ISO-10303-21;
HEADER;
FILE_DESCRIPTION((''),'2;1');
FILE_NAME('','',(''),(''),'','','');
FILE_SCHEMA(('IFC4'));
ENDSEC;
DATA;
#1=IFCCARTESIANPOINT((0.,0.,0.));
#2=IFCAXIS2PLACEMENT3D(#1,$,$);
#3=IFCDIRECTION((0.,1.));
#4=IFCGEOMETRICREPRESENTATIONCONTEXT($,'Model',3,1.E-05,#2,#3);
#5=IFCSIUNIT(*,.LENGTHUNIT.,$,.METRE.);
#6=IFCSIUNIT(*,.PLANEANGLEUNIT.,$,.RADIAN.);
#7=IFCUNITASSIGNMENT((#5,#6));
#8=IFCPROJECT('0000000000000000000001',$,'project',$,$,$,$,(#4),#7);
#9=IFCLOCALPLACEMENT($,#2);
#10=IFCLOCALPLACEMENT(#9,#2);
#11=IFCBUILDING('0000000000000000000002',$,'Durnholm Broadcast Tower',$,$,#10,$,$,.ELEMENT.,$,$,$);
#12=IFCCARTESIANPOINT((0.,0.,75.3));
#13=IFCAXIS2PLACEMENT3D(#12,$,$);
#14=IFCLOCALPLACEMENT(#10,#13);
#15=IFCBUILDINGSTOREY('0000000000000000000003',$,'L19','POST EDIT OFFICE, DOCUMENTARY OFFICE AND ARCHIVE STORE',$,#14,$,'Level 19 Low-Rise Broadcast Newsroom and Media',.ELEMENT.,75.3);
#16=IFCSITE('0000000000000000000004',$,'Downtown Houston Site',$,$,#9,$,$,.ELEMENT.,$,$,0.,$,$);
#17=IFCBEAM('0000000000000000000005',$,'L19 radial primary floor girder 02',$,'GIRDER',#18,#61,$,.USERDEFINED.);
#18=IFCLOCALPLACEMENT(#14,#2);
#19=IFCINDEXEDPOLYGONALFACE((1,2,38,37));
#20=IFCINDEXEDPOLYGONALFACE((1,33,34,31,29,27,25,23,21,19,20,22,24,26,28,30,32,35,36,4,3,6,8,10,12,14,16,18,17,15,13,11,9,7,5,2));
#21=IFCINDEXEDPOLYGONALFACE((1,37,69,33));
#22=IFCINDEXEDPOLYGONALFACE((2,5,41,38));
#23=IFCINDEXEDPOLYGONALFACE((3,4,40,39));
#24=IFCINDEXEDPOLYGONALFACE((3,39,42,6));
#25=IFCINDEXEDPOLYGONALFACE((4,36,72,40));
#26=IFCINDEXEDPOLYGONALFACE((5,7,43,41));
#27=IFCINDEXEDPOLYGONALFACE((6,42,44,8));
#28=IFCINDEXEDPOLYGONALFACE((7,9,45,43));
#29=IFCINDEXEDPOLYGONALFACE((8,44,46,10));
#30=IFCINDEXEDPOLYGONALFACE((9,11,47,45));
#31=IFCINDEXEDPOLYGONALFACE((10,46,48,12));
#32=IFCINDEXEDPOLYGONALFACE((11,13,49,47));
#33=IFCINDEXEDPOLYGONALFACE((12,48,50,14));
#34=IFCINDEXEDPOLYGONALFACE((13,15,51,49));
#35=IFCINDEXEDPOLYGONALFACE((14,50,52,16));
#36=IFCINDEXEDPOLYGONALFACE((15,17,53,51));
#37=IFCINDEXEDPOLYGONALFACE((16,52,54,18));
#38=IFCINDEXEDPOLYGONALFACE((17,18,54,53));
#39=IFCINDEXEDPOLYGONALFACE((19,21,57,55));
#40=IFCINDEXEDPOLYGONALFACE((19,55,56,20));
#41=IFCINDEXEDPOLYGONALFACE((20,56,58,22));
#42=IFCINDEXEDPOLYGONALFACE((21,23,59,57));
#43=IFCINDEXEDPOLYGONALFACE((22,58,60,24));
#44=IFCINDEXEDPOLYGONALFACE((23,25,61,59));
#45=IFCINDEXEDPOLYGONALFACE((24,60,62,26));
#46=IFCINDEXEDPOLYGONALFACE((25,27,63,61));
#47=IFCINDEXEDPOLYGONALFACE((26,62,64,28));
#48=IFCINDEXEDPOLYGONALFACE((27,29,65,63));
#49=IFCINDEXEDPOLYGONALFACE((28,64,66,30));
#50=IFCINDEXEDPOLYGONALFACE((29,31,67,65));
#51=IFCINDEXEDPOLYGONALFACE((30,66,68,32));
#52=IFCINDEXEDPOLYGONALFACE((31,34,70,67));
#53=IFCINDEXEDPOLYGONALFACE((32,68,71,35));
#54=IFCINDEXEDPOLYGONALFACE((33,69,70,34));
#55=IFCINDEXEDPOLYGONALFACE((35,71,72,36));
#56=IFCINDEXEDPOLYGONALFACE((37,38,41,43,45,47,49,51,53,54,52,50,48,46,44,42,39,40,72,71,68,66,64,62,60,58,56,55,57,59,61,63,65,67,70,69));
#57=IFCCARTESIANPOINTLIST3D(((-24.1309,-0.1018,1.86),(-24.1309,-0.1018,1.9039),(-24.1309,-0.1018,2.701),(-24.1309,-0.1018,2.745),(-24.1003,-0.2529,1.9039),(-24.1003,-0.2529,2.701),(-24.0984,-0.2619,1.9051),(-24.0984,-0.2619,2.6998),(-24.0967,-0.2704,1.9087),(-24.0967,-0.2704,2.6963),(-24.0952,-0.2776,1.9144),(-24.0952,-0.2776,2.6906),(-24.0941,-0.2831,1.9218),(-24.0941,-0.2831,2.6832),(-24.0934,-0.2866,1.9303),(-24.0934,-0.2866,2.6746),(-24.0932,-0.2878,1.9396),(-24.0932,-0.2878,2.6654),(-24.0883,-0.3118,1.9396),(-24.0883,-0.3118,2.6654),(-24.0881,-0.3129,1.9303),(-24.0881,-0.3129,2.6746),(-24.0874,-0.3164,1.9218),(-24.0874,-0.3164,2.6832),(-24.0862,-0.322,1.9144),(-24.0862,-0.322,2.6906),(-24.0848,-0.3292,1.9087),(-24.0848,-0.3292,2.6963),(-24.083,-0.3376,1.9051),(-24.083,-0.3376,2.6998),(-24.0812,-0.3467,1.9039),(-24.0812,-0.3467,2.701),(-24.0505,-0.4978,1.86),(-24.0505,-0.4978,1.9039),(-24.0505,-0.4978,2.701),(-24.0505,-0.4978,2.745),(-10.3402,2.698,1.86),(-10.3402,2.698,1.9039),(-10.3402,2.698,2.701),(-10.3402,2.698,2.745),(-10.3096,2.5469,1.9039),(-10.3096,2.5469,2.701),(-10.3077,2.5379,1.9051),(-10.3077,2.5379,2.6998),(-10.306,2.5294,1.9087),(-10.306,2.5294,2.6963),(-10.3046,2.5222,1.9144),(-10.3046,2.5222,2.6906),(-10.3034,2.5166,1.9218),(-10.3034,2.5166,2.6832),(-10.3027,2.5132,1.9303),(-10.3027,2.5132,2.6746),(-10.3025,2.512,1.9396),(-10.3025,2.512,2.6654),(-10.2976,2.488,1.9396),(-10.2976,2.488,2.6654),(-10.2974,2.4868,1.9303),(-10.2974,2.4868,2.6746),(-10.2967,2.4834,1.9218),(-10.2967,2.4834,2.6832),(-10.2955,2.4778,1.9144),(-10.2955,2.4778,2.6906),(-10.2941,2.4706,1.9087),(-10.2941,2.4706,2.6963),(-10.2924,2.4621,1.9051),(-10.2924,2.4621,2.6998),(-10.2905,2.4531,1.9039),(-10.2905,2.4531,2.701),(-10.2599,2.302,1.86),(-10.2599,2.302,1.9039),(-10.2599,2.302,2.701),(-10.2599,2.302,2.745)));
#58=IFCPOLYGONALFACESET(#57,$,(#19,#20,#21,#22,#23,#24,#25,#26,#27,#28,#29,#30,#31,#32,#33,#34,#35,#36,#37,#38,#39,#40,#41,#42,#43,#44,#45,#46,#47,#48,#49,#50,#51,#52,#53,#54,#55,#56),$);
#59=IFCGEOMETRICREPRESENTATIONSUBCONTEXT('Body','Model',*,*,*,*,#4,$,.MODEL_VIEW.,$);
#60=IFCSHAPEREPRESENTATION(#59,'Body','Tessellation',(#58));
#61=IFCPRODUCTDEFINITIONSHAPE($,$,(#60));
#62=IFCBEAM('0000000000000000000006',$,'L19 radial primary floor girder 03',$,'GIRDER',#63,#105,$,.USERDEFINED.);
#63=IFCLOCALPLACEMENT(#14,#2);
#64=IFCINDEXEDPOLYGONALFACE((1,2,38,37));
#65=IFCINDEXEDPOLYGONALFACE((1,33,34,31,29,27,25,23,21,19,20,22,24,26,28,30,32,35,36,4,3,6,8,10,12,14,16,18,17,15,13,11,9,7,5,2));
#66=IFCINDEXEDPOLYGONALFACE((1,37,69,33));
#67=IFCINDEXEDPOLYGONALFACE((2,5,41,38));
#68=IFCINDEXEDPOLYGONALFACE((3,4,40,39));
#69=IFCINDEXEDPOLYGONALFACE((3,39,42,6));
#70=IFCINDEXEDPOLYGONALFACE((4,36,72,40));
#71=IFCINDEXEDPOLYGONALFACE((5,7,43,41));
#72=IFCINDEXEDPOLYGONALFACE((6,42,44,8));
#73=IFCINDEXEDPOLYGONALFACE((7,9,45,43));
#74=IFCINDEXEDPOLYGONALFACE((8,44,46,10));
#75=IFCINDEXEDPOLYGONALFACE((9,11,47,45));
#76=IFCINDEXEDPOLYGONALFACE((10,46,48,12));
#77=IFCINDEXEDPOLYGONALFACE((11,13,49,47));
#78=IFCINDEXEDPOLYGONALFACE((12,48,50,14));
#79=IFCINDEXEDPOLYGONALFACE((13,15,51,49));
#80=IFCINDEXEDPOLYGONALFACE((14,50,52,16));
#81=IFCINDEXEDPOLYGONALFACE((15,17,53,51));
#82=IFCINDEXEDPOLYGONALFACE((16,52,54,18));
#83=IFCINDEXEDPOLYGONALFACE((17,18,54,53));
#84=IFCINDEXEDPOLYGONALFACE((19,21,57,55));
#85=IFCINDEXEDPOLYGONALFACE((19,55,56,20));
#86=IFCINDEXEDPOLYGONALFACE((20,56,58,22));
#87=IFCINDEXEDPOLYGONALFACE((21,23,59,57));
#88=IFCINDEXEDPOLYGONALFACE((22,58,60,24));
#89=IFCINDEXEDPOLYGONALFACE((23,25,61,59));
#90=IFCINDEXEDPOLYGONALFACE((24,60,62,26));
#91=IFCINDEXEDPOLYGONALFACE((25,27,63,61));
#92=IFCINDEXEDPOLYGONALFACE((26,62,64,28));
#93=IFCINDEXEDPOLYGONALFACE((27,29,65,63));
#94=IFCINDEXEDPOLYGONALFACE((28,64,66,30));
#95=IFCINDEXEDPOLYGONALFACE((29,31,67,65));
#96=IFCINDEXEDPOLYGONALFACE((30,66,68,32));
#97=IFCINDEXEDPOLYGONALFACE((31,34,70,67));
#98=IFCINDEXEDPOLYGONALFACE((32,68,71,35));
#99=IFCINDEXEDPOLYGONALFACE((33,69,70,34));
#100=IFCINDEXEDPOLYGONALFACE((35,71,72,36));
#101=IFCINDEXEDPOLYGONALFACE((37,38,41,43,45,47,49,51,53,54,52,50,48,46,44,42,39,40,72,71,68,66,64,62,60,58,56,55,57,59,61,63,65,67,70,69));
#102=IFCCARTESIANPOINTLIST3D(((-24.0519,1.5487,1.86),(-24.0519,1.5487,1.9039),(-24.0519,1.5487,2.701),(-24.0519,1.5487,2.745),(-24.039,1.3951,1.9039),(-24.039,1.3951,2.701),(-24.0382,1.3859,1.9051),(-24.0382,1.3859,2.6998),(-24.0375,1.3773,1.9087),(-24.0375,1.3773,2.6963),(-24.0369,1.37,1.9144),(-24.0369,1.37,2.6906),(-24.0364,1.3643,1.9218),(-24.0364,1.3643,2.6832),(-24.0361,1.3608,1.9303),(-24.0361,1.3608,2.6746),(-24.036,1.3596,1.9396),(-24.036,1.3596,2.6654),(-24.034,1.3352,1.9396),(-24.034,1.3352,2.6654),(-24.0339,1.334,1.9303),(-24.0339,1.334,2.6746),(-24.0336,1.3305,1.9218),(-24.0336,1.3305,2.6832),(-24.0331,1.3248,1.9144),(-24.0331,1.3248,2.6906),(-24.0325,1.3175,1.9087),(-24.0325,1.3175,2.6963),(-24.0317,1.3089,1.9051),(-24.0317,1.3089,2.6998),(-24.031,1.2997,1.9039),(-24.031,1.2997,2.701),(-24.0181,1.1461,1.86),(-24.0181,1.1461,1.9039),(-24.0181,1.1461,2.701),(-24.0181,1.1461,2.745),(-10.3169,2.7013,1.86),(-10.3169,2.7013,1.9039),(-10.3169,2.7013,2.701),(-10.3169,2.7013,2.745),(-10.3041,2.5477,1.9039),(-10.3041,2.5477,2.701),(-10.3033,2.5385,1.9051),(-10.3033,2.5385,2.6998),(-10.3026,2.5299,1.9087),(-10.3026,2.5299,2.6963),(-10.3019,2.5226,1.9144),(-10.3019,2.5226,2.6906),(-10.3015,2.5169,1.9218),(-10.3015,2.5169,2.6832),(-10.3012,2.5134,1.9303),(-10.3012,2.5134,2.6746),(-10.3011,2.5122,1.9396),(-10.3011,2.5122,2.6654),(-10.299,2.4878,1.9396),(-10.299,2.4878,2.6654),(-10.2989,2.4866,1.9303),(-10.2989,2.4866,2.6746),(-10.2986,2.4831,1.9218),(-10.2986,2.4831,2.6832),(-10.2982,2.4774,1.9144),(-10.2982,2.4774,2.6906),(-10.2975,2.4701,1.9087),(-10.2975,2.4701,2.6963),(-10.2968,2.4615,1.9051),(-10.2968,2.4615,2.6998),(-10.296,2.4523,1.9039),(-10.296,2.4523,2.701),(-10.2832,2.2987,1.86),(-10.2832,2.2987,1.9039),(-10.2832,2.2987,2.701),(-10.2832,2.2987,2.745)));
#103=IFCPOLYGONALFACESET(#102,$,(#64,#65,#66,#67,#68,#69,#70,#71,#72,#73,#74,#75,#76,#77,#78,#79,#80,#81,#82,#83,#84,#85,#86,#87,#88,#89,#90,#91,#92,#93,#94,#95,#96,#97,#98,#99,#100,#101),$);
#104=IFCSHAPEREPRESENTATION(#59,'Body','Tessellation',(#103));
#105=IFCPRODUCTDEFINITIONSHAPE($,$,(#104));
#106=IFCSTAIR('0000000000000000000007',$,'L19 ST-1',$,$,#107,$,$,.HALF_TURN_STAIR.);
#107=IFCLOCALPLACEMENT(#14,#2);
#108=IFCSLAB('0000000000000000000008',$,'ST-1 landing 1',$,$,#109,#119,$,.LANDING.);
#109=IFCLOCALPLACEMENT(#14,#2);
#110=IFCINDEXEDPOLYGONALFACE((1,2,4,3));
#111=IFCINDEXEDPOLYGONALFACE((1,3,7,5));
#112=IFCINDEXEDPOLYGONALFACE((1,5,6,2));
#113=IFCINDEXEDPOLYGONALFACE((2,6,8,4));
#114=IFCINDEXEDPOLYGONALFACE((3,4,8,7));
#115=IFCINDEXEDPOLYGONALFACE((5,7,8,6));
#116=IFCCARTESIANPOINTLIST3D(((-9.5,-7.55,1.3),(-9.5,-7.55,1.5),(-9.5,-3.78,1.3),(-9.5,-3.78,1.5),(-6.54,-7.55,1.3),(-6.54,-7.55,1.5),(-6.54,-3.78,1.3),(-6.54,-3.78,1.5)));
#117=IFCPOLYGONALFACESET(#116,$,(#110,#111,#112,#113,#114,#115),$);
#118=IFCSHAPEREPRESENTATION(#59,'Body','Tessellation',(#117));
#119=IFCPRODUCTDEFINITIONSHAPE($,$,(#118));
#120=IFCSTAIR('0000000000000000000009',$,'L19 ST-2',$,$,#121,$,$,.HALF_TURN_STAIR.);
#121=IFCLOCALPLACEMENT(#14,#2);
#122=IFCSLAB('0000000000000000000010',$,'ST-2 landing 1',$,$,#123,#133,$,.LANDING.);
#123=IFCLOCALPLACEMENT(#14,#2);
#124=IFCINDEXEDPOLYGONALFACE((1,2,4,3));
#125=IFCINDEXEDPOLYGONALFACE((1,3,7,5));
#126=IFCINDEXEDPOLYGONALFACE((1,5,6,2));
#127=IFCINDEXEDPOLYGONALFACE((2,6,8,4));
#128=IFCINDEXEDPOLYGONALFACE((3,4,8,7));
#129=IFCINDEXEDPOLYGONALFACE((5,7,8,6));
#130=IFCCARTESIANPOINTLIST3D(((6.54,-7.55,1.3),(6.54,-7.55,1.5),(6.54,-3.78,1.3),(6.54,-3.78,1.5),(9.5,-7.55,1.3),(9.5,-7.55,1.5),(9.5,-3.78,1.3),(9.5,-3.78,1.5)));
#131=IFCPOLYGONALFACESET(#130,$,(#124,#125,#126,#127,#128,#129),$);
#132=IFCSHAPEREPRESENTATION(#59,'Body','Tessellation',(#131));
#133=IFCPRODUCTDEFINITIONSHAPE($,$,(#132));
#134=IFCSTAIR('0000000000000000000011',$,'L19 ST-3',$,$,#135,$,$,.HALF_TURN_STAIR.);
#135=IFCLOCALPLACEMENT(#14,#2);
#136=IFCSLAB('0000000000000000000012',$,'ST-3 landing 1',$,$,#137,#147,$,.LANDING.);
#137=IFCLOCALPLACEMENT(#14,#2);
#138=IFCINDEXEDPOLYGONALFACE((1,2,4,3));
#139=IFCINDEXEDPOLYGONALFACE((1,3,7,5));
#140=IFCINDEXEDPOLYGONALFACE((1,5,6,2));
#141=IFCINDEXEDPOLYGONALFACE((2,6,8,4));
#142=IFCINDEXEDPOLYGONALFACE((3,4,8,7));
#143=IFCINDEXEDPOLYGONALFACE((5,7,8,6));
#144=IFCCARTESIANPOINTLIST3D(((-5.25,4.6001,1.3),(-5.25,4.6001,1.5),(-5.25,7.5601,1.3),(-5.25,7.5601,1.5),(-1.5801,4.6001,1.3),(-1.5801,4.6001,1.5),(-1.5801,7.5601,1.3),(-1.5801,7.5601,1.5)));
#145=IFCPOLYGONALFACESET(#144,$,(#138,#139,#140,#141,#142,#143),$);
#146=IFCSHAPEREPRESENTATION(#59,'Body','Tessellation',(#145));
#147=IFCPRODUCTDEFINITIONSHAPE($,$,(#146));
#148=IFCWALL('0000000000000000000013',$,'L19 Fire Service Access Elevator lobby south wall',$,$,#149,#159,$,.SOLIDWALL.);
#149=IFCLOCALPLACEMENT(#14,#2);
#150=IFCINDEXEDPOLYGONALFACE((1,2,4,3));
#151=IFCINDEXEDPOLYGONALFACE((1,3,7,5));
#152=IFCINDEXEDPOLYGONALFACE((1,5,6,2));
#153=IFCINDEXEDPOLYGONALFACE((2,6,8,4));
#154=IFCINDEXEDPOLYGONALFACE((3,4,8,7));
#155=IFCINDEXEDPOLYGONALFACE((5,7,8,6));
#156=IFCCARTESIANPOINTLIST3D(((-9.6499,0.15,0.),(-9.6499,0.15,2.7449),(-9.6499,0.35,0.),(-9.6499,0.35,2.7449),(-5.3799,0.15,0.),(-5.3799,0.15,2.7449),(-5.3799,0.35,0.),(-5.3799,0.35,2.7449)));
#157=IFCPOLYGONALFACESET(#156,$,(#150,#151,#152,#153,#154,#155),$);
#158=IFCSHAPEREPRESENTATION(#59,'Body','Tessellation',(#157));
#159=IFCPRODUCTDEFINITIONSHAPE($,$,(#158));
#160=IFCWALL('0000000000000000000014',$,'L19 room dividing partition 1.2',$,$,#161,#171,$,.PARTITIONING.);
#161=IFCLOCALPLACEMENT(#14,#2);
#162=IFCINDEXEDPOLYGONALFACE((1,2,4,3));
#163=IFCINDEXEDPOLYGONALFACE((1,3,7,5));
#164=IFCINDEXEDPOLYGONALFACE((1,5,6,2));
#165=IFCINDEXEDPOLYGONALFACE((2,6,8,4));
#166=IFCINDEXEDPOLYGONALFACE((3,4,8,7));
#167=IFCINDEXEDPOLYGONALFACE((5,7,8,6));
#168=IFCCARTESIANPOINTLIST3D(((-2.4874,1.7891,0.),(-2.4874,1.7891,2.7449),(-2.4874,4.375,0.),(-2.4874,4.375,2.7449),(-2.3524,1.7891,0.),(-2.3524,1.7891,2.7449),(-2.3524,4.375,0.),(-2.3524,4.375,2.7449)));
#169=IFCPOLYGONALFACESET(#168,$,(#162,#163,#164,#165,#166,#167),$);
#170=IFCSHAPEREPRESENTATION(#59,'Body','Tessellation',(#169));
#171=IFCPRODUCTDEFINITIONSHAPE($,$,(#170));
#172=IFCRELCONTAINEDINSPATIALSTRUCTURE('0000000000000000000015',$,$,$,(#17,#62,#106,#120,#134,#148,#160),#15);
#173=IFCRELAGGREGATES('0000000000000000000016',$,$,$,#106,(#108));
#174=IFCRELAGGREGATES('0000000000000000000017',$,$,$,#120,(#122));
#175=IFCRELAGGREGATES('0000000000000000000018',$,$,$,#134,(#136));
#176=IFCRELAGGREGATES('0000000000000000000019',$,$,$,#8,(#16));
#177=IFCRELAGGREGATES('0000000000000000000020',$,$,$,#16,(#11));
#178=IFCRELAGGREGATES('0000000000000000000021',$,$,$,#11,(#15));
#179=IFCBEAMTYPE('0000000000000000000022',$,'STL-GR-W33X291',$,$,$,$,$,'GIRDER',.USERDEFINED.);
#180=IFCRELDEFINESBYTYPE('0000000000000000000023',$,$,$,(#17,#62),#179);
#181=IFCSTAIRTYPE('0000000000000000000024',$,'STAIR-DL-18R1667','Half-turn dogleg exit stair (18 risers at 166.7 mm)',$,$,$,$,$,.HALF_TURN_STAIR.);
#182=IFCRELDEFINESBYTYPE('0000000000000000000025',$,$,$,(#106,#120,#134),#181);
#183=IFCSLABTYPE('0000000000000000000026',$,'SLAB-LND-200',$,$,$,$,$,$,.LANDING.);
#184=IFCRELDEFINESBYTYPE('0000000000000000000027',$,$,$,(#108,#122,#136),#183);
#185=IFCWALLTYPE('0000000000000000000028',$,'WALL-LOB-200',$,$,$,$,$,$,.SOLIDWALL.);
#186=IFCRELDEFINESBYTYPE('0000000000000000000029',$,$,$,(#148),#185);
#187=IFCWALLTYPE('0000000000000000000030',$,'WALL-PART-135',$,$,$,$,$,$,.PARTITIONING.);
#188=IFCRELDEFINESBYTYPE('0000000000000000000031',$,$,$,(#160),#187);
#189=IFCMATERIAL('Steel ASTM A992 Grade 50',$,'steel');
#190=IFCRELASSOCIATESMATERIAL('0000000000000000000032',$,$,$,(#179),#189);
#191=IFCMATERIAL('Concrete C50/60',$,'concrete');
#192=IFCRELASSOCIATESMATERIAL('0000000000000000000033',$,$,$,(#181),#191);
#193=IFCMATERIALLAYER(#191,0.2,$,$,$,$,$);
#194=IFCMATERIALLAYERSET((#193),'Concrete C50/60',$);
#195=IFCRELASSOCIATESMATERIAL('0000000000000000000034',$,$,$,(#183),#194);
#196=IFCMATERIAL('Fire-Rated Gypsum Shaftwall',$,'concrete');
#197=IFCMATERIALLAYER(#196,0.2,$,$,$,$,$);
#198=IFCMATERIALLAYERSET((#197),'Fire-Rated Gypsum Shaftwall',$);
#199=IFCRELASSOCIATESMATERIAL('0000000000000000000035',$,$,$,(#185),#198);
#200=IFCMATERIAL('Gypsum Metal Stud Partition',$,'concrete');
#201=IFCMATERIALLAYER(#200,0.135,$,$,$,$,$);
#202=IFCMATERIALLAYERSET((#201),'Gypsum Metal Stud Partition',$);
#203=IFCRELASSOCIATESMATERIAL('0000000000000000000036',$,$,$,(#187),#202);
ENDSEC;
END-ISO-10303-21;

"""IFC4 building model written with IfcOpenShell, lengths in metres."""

from ifc_helpers import new_model, si_unit, direction, frame, frame_2d, origin, origin_2d, place, context, subcontext, project, spatial, polyline, rectangle, i_section, outline, extrude, source, transform, mapped, material, layer, layer_set, material_profile, profile_set, type_object, type_shapes, element, aggregate, save


model = new_model("IFC4")

# Units and contexts
model_context = context("Model", 3, precision=1e-05, world=origin(), true_north=direction((0.0, 1.0)))
body_context = subcontext(model_context, "Body", "Model", "MODEL_VIEW")
ifc_project = project(units=[si_unit("LENGTHUNIT", "METRE"), si_unit("PLANEANGLEUNIT", "RADIAN")], contexts=[model_context])

# Site, building, storey
site_placement = place(None, origin())
site = spatial("IfcSite", under=ifc_project, at=site_placement, Name="Downtown Houston Site", CompositionType="ELEMENT", RefElevation=0.0)
building_placement = place(site_placement, origin())
building = spatial("IfcBuilding", under=site, at=building_placement, Name="Durnholm Broadcast Tower", CompositionType="ELEMENT")
storey_placement = place(building_placement, frame((0.0, 0.0, 75.3)))
storey = spatial("IfcBuildingStorey", under=building, at=storey_placement, Name="L19", Description="POST EDIT OFFICE, DOCUMENTARY OFFICE AND ARCHIVE STORE", LongName="Level 19 Low-Rise Broadcast Newsroom and Media", CompositionType="ELEMENT", Elevation=75.3)

# Beams
ifc_material_1 = material(Name="Steel ASTM A992 Grade 50", Category="steel")
ifc_material_profile = material_profile(ifc_material_1, i_section(OverallWidth=0.4041, OverallDepth=0.885, WebThickness=0.0244, FlangeThickness=0.0439, FilletRadius=0.0356, at=origin_2d()), Name="W33X291")
ifc_profile_set = profile_set([ifc_material_profile], Name="Steel ASTM A992 Grade 50")
beam_type = type_object("IfcBeamType", Name="STL-GR-W33X291", ElementType="GIRDER", PredefinedType="USERDEFINED", material=ifc_profile_set)
shared_shape_1 = source(origin(), body_context, "Body", "SweptSolid", [
    extrude(i_section(OverallWidth=0.4041, OverallDepth=0.885, WebThickness=0.0244, FlangeThickness=0.0439, FilletRadius=0.0356, at=origin_2d()), origin(), (0.0, 0.0, 1.0), 14.072),
])
beam_1_placement = place(storey_placement, frame((-10.3, 2.5, 2.3025), z_axis=(-0.980007, -0.198961, 0.0), x_axis=(0.198961, -0.980007, 0.0)))
element("IfcBeam", 1, at=beam_1_placement, inside=storey, type_object=beam_type, Name="L19 radial primary floor girder 02", ObjectType="GIRDER", PredefinedType="USERDEFINED", context=body_context, shape_type="MappedRepresentation", body=[
    mapped(shared_shape_1, transform((0.0, 0.0, 0.0), x_axis=(1.0, 0.0, 0.0), y_axis=(0.0, 1.0, 0.0), z_axis=(0.0, 0.0, 1.0), scale=1.0)),
])
shared_shape_2 = source(origin(), body_context, "Body", "SweptSolid", [
    extrude(i_section(OverallWidth=0.4041, OverallDepth=0.885, WebThickness=0.0244, FlangeThickness=0.0439, FilletRadius=0.0356, at=origin_2d()), origin(), (0.0, 0.0, 1.0), 13.7832),
])
type_shapes(beam_type, [shared_shape_1, shared_shape_2])
beam_2_placement = place(storey_placement, frame((-10.3, 2.5, 2.3025), z_axis=(-0.996497, -0.083623, 0.0), x_axis=(0.083623, -0.996497, 0.0)))
element("IfcBeam", 2, at=beam_2_placement, inside=storey, type_object=beam_type, Name="L19 radial primary floor girder 03", ObjectType="GIRDER", PredefinedType="USERDEFINED", context=body_context, shape_type="MappedRepresentation", body=[
    mapped(shared_shape_2, transform((0.0, 0.0, 0.0), x_axis=(1.0, 0.0, 0.0), y_axis=(0.0, 1.0, 0.0), z_axis=(0.0, 0.0, 1.0), scale=1.0)),
])

# Stairs, slabs
ifc_material_2 = material(Name="Concrete C50/60", Category="concrete")
stair_type = type_object("IfcStairType", Name="STAIR-DL-18R1667", Description="Half-turn dogleg exit stair (18 risers at 166.7 mm)", PredefinedType="HALF_TURN_STAIR", material=ifc_material_2)
stair_1_placement = place(storey_placement, origin())
stair_1 = element("IfcStair", 3, at=stair_1_placement, inside=storey, type_object=stair_type, Name="L19 ST-1", PredefinedType="HALF_TURN_STAIR")
ifc_layer_1 = layer(ifc_material_2, 0.2)
ifc_layer_set_1 = layer_set([ifc_layer_1], Name="Concrete C50/60")
slab_type = type_object("IfcSlabType", Name="SLAB-LND-200", PredefinedType="LANDING", material=ifc_layer_set_1)
slab_1_placement = place(storey_placement, frame((0.0, 0.0, 1.3)))
slab_1 = element("IfcSlab", 4, at=slab_1_placement, type_object=slab_type, Name="ST-1 landing 1", PredefinedType="LANDING", context=body_context, shape_type="SweptSolid", body=[
    extrude(outline(polyline([(-9.5, -3.78), (-9.5, -7.55), (-6.54, -7.55), (-6.54, -3.78), (-9.5, -3.78)])), origin(), (0.0, 0.0, 1.0), 0.2),
])
aggregate(stair_1, [slab_1])
stair_2_placement = place(storey_placement, origin())
stair_2 = element("IfcStair", 5, at=stair_2_placement, inside=storey, type_object=stair_type, Name="L19 ST-2", PredefinedType="HALF_TURN_STAIR")
slab_2_placement = place(storey_placement, frame((0.0, 0.0, 1.3)))
slab_2 = element("IfcSlab", 6, at=slab_2_placement, type_object=slab_type, Name="ST-2 landing 1", PredefinedType="LANDING", context=body_context, shape_type="SweptSolid", body=[
    extrude(outline(polyline([(6.54, -3.78), (6.54, -7.55), (9.5, -7.55), (9.5, -3.78), (6.54, -3.78)])), origin(), (0.0, 0.0, 1.0), 0.2),
])
aggregate(stair_2, [slab_2])
stair_3_placement = place(storey_placement, origin())
stair_3 = element("IfcStair", 7, at=stair_3_placement, inside=storey, type_object=stair_type, Name="L19 ST-3", PredefinedType="HALF_TURN_STAIR")
slab_3_placement = place(storey_placement, frame((0.0, 0.0, 1.3)))
slab_3 = element("IfcSlab", 8, at=slab_3_placement, type_object=slab_type, Name="ST-3 landing 1", PredefinedType="LANDING", context=body_context, shape_type="SweptSolid", body=[
    extrude(outline(polyline([(-1.5801, 7.5601), (-5.25, 7.5601), (-5.25, 4.6001), (-1.5801, 4.6001), (-1.5801, 7.5601)])), origin(), (0.0, 0.0, 1.0), 0.2),
])

# Wall
ifc_material_3 = material(Name="Fire-Rated Gypsum Shaftwall", Category="concrete")
ifc_layer_2 = layer(ifc_material_3, 0.2)
ifc_layer_set_2 = layer_set([ifc_layer_2], Name="Fire-Rated Gypsum Shaftwall")
wall_type_1 = type_object("IfcWallType", Name="WALL-LOB-200", PredefinedType="SOLIDWALL", material=ifc_layer_set_2)
wall_1_placement = place(storey_placement, frame((-9.6499, 0.25, 0.0), z_axis=(0.0, 0.0, 1.0), x_axis=(1.0, 0.0, 0.0)))
element("IfcWall", 9, at=wall_1_placement, inside=storey, type_object=wall_type_1, Name="L19 Fire Service Access Elevator lobby south wall", PredefinedType="SOLIDWALL", context=body_context, shape_type="SweptSolid", body=[
    extrude(rectangle(XDim=4.27, YDim=0.2, at=frame_2d((2.135, 0.0))), origin(), (0.0, 0.0, 1.0), 2.7449),
])

# Wall
ifc_material_4 = material(Name="Gypsum Metal Stud Partition", Category="concrete")
ifc_layer_3 = layer(ifc_material_4, 0.135)
ifc_layer_set_3 = layer_set([ifc_layer_3], Name="Gypsum Metal Stud Partition")
wall_type_2 = type_object("IfcWallType", Name="WALL-PART-135", PredefinedType="PARTITIONING", material=ifc_layer_set_3)
wall_2_placement = place(storey_placement, frame((-2.4199, 4.375, 0.0), z_axis=(0.0, 0.0, 1.0), x_axis=(0.0, -1.0, 0.0)))
element("IfcWall", 10, at=wall_2_placement, inside=storey, type_object=wall_type_2, Name="L19 room dividing partition 1.2", PredefinedType="PARTITIONING", context=body_context, shape_type="SweptSolid", body=[
    extrude(rectangle(XDim=2.5859, YDim=0.135, at=frame_2d((1.293, 0.0))), origin(), (0.0, 0.0, 1.0), 2.7449),
])

aggregate(stair_3, [slab_3])

save(model, "model.ifc")
